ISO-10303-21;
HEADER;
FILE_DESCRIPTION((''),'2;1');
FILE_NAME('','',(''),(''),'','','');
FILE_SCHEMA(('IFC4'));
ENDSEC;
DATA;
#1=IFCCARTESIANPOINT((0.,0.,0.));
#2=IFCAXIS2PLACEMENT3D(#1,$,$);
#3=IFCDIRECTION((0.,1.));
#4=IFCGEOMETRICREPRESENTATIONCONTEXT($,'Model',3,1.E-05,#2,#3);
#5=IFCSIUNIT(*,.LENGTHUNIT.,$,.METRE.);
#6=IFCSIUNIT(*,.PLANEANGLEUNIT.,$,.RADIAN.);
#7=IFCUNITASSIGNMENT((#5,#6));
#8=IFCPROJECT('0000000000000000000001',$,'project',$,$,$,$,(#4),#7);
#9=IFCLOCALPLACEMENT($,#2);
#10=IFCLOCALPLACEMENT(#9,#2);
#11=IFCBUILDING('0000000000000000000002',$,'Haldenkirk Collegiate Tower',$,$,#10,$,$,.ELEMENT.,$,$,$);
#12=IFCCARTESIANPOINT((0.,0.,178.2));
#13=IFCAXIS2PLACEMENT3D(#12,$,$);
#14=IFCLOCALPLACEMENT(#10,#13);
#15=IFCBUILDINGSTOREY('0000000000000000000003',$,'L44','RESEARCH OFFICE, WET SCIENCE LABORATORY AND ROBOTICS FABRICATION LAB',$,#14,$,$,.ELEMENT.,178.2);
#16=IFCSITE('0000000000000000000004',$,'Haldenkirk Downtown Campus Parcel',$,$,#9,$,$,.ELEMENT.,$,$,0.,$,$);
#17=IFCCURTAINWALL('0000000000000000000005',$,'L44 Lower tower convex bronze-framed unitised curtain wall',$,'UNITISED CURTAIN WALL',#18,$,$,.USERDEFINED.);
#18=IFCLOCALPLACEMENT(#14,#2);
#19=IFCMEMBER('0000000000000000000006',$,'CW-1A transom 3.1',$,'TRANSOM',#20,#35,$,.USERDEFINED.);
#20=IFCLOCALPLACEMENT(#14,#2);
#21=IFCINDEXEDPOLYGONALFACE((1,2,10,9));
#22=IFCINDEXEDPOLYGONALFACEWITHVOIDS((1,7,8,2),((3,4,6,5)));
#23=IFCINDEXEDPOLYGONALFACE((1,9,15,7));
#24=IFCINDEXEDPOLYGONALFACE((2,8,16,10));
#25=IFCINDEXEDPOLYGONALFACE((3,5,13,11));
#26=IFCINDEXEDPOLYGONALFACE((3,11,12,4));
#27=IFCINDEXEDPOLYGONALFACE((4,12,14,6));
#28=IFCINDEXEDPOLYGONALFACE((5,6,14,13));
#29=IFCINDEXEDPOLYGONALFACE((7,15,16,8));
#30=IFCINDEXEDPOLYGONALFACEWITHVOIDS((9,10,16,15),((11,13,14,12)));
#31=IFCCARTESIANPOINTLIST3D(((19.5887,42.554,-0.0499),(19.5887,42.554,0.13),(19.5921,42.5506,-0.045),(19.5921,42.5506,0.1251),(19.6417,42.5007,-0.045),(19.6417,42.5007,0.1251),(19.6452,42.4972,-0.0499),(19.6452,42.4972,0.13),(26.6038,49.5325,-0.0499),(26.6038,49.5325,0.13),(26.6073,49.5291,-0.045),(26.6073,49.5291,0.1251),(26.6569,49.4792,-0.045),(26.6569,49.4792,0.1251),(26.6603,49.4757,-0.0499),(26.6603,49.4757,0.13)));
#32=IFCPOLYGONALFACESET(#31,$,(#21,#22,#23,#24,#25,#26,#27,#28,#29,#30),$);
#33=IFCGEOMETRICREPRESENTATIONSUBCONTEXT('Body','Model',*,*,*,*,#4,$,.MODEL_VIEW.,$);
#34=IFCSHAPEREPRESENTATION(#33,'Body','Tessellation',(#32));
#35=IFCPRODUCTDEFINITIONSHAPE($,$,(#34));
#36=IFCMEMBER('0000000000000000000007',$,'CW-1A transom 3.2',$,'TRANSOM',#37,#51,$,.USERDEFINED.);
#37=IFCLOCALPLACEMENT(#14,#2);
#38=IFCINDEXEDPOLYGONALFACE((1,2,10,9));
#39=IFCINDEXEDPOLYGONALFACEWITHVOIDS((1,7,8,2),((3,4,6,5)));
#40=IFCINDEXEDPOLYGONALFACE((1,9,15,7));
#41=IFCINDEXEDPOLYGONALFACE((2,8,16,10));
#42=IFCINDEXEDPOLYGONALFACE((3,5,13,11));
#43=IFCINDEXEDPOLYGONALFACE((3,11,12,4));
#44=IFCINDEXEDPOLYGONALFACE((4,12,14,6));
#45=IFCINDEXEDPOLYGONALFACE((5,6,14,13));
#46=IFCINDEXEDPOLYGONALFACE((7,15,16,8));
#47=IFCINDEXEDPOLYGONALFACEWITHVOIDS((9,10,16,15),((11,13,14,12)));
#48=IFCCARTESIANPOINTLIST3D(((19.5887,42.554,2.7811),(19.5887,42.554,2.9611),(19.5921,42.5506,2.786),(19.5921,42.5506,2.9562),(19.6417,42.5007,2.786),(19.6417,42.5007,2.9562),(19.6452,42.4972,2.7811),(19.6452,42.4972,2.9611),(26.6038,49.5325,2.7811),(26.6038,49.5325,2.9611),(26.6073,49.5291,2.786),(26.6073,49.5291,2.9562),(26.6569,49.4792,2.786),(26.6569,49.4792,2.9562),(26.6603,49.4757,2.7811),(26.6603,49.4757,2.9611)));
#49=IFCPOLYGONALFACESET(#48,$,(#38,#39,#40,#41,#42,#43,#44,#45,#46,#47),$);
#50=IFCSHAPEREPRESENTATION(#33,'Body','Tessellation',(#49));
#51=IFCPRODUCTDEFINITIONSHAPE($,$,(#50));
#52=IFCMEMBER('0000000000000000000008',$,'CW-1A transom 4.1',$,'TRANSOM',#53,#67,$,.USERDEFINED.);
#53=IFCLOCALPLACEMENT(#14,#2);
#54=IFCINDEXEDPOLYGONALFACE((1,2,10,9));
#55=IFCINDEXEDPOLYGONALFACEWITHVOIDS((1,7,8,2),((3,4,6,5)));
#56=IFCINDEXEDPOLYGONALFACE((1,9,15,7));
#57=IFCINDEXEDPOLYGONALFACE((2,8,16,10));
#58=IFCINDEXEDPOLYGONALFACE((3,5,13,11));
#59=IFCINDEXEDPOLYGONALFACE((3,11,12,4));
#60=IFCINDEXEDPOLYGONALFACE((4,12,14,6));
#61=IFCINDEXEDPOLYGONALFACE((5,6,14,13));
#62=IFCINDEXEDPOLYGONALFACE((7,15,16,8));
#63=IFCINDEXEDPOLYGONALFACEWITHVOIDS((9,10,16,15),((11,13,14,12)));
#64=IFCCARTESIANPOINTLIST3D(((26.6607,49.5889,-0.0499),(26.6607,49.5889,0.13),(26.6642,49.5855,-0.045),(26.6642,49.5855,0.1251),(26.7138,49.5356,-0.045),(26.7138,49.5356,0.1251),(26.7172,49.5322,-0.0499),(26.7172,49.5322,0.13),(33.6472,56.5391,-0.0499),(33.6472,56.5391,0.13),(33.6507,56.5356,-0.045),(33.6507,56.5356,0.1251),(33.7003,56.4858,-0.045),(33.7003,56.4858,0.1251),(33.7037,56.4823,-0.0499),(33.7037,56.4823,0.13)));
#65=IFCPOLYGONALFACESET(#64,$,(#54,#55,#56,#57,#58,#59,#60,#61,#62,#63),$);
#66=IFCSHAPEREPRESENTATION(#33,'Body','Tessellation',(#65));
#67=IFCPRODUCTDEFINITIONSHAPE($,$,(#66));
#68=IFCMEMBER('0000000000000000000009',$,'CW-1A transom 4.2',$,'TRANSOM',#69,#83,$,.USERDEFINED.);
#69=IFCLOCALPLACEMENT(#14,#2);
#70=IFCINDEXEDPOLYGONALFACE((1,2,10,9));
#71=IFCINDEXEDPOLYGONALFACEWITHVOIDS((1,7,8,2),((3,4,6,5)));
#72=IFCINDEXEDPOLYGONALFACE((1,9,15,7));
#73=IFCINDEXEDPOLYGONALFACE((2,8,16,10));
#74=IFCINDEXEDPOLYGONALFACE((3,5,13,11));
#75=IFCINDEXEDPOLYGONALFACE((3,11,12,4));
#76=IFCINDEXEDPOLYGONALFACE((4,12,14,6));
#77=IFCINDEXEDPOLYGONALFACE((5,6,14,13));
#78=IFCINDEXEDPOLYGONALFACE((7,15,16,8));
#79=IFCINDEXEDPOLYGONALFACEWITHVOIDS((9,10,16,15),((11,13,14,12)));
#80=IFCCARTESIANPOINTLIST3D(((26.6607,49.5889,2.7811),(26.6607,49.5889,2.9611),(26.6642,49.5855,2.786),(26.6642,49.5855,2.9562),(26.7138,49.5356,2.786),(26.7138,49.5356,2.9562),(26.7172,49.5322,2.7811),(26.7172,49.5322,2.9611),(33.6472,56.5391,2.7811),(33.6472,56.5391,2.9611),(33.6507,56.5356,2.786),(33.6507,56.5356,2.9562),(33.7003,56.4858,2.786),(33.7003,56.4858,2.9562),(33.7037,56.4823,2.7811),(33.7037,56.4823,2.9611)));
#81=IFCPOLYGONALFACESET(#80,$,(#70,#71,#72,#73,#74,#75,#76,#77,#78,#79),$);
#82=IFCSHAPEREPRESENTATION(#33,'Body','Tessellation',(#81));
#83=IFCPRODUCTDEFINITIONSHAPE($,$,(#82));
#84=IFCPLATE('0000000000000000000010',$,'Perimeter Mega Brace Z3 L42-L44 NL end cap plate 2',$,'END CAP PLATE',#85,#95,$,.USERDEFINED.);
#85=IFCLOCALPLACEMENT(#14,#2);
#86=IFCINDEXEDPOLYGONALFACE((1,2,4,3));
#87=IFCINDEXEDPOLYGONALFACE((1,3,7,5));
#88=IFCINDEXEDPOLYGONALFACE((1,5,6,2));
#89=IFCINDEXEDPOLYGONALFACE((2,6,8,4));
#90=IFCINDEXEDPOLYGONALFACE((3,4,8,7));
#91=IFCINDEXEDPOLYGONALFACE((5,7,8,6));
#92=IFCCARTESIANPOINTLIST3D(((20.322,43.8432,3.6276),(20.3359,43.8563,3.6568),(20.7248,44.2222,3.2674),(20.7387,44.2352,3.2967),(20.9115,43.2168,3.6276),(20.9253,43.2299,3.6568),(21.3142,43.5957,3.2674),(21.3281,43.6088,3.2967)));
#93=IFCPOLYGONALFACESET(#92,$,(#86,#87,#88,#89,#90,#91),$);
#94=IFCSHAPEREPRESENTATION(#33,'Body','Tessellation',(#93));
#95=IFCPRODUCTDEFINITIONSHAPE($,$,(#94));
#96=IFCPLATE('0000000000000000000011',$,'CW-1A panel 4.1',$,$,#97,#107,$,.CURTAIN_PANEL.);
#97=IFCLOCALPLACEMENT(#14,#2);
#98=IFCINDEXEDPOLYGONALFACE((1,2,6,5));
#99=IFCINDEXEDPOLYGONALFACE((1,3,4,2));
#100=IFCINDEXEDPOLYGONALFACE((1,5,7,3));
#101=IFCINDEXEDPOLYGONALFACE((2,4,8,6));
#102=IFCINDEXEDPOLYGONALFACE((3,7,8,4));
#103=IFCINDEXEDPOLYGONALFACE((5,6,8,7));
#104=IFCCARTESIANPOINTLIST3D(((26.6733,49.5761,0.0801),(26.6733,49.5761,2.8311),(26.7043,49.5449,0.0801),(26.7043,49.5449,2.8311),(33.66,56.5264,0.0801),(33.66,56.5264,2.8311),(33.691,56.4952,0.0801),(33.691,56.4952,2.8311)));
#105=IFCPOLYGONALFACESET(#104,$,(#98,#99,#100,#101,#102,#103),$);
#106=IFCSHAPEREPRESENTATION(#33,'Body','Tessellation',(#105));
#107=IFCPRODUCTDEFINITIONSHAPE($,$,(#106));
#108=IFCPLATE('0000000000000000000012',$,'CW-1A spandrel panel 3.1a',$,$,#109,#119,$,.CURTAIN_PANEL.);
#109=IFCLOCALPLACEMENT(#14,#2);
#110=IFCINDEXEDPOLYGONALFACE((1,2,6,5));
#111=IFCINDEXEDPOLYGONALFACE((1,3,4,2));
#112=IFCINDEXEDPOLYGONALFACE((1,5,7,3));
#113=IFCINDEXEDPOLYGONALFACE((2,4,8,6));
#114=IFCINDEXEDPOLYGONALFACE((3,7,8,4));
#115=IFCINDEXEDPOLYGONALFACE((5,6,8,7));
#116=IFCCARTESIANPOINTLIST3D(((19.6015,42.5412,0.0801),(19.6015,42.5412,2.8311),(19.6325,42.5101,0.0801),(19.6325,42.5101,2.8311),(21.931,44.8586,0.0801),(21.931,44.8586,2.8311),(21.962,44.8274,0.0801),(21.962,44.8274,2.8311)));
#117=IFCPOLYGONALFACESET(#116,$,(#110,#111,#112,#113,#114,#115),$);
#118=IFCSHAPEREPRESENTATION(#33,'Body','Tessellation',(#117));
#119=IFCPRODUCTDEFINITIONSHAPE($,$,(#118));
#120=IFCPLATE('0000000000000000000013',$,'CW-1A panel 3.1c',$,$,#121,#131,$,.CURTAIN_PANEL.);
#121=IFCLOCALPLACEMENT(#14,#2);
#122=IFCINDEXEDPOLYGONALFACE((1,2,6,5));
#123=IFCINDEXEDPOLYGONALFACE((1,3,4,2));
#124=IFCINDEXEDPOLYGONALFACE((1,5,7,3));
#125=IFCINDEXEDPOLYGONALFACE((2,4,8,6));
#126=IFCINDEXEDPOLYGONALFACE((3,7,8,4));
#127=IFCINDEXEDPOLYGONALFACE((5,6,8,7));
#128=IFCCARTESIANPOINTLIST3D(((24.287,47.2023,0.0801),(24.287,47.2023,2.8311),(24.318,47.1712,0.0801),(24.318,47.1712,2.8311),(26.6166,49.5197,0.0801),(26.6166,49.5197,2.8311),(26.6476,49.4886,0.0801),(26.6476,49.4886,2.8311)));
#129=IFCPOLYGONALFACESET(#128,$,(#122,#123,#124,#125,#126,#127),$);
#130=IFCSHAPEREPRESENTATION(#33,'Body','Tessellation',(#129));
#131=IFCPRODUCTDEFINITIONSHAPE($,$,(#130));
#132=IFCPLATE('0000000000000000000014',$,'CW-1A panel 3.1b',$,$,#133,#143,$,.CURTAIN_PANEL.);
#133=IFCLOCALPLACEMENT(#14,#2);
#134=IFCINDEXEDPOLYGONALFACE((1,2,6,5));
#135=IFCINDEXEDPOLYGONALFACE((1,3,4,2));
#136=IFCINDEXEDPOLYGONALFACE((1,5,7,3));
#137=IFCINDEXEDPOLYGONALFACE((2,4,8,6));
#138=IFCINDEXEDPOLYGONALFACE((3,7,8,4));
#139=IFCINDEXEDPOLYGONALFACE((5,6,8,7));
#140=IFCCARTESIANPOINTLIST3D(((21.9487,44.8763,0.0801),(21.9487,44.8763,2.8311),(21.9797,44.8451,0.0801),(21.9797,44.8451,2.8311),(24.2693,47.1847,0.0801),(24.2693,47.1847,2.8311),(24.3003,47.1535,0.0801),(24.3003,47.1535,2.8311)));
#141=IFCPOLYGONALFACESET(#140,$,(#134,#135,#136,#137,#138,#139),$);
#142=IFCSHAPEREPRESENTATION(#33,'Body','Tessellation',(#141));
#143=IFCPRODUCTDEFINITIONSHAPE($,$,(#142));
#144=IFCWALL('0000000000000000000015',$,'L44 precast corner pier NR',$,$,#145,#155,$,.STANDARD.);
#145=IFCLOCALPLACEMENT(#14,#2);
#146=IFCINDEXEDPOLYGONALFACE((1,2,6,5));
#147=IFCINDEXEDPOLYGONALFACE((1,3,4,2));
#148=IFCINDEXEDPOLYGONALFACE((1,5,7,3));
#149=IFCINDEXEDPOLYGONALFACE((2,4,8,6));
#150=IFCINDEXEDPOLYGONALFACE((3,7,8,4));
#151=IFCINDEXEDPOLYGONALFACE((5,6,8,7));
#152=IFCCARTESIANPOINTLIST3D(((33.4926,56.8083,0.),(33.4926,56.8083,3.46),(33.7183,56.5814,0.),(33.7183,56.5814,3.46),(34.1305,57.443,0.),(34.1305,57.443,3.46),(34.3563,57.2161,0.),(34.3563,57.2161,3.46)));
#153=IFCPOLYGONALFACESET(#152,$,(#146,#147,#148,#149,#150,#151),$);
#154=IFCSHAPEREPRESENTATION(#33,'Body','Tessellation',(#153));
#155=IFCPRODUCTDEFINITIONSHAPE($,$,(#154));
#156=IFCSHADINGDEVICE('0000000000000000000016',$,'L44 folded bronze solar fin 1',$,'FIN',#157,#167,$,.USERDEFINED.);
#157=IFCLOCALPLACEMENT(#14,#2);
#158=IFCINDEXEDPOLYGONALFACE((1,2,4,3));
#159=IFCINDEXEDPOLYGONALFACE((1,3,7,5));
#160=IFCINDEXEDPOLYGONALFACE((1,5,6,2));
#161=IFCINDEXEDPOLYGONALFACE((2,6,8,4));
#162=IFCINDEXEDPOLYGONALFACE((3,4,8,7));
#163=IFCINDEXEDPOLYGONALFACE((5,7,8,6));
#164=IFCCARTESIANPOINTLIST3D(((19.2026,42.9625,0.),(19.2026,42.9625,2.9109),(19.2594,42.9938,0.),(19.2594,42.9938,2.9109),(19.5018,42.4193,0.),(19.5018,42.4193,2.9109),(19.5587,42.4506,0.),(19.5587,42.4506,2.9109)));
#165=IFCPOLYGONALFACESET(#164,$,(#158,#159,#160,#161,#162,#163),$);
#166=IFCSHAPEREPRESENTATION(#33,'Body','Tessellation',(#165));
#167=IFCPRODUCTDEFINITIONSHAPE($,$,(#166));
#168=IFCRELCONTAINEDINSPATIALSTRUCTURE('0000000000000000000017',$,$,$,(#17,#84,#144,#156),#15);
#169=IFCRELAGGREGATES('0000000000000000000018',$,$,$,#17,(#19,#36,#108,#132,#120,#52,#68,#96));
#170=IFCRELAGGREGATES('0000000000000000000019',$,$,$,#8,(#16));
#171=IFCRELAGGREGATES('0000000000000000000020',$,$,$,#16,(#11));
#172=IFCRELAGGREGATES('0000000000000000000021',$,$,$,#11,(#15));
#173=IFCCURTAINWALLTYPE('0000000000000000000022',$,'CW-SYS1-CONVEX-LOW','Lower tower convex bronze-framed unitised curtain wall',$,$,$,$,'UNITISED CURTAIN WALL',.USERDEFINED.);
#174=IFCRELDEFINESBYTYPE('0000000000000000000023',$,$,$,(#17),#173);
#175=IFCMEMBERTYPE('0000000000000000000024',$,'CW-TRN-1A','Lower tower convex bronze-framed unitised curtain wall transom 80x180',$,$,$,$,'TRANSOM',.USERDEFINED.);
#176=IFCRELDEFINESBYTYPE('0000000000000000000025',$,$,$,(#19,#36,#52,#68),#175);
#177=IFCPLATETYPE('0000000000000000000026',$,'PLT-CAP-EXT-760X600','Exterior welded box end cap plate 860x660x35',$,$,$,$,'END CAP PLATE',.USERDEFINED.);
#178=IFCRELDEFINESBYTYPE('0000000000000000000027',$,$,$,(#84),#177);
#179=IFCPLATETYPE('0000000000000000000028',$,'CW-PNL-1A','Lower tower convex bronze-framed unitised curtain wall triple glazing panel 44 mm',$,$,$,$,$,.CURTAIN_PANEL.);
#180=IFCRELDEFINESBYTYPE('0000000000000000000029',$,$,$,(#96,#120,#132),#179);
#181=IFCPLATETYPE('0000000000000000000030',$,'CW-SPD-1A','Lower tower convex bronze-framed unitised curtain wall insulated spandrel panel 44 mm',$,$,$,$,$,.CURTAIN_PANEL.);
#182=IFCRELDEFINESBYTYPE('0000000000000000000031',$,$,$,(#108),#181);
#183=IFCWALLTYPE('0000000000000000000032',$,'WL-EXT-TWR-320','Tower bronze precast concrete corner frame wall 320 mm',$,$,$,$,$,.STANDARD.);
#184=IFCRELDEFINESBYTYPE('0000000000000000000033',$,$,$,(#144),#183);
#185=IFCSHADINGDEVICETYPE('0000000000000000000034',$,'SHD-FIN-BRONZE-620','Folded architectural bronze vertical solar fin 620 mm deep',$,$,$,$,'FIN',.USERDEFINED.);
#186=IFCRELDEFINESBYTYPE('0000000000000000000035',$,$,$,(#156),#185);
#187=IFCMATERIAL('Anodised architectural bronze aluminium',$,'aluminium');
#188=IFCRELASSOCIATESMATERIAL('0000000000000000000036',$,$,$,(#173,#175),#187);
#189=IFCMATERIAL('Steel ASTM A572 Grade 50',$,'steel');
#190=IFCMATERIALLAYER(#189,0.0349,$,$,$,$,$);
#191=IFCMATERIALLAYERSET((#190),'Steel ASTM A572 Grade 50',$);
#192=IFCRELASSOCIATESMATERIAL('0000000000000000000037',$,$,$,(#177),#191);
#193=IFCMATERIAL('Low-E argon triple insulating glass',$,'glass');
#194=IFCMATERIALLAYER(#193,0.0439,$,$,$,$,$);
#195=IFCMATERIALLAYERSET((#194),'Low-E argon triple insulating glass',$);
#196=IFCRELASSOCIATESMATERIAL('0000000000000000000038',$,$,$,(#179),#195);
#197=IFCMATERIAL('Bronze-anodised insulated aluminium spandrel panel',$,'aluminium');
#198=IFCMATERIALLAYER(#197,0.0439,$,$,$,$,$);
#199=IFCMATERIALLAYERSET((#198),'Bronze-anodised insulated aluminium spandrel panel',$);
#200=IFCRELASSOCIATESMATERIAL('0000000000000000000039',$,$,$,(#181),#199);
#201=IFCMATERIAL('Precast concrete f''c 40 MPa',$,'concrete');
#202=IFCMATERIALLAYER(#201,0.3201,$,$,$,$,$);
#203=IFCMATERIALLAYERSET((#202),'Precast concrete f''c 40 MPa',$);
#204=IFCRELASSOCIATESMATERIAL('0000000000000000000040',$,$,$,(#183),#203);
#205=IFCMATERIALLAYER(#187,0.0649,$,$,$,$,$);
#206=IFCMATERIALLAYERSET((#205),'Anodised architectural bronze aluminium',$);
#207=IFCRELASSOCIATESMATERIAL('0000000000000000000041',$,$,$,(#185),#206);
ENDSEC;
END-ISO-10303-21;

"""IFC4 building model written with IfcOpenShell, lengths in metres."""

from ifc_helpers import new_model, si_unit, direction, frame, frame_2d, origin, origin_2d, place, context, subcontext, project, spatial, rectangle, hollow_rectangle, extrude, source, transform, mapped, material, layer, layer_set, material_profile, profile_set, type_object, element, aggregate, save


model = new_model("IFC4")

# Units and contexts
model_context = context("Model", 3, precision=1e-05, world=origin(), true_north=direction((0.0, 1.0)))
body_context = subcontext(model_context, "Body", "Model", "MODEL_VIEW")
ifc_project = project(units=[si_unit("LENGTHUNIT", "METRE"), si_unit("PLANEANGLEUNIT", "RADIAN")], contexts=[model_context])

# Site, building, storey
site_placement = place(None, origin())
site = spatial("IfcSite", under=ifc_project, at=site_placement, Name="Haldenkirk Downtown Campus Parcel", CompositionType="ELEMENT", RefElevation=0.0)
building_placement = place(site_placement, origin())
building = spatial("IfcBuilding", under=site, at=building_placement, Name="Haldenkirk Collegiate Tower", CompositionType="ELEMENT")
storey_placement = place(building_placement, frame((0.0, 0.0, 178.2)))
storey = spatial("IfcBuildingStorey", under=building, at=storey_placement, Name="L44", Description="RESEARCH OFFICE, WET SCIENCE LABORATORY AND ROBOTICS FABRICATION LAB", CompositionType="ELEMENT", Elevation=178.2)

# Curtain wall, members
ifc_material_1 = material(Name="Anodised architectural bronze aluminium", Category="aluminium")
curtain_wall_type = type_object("IfcCurtainWallType", Name="CW-SYS1-CONVEX-LOW", Description="Lower tower convex bronze-framed unitised curtain wall", ElementType="UNITISED CURTAIN WALL", PredefinedType="USERDEFINED", material=ifc_material_1)
curtain_wall_placement = place(storey_placement, origin())
curtain_wall = element("IfcCurtainWall", 1, at=curtain_wall_placement, inside=storey, type_object=curtain_wall_type, Name="L44 Lower tower convex bronze-framed unitised curtain wall", ObjectType="UNITISED CURTAIN WALL", PredefinedType="USERDEFINED")
ifc_material_profile_1 = material_profile(ifc_material_1, hollow_rectangle(XDim=0.0801, YDim=0.1799, WallThickness=0.0049, at=origin_2d()), Name="CW-TRN-1A")
ifc_profile_set_1 = profile_set([ifc_material_profile_1], Name="Anodised architectural bronze aluminium")
member_type_1 = type_object("IfcMemberType", Name="CW-TRN-1A", Description="Lower tower convex bronze-framed unitised curtain wall transom 80x180", ElementType="TRANSOM", PredefinedType="USERDEFINED", material=ifc_profile_set_1)
member_1_placement = place(storey_placement, frame((19.6169, 42.5256, 0.04), z_axis=(0.708955, 0.705254, 0.0), x_axis=(-0.705254, 0.708955, 0.0)))
member_1 = element("IfcMember", 2, at=member_1_placement, type_object=member_type_1, Name="CW-1A transom 3.1", ObjectType="TRANSOM", PredefinedType="USERDEFINED", context=body_context, shape_type="SweptSolid", body=[
    extrude(hollow_rectangle(XDim=0.0801, YDim=0.1799, WallThickness=0.0049, at=origin_2d()), origin(), (0.0, 0.0, 1.0), 9.895),
])
member_2_placement = place(storey_placement, frame((19.6169, 42.5256, 2.8711), z_axis=(0.708955, 0.705254, 0.0), x_axis=(-0.705254, 0.708955, 0.0)))
member_2 = element("IfcMember", 3, at=member_2_placement, type_object=member_type_1, Name="CW-1A transom 3.2", ObjectType="TRANSOM", PredefinedType="USERDEFINED", context=body_context, shape_type="SweptSolid", body=[
    extrude(hollow_rectangle(XDim=0.0801, YDim=0.1799, WallThickness=0.0049, at=origin_2d()), origin(), (0.0, 0.0, 1.0), 9.895),
])
member_3_placement = place(storey_placement, frame((26.689, 49.5605, 0.04), z_axis=(0.70895, 0.705259, 0.0), x_axis=(-0.705259, 0.70895, 0.0)))
member_3 = element("IfcMember", 4, at=member_3_placement, type_object=member_type_1, Name="CW-1A transom 4.1", ObjectType="TRANSOM", PredefinedType="USERDEFINED", context=body_context, shape_type="SweptSolid", body=[
    extrude(hollow_rectangle(XDim=0.0801, YDim=0.1799, WallThickness=0.0049, at=origin_2d()), origin(), (0.0, 0.0, 1.0), 9.8547),
])
member_4_placement = place(storey_placement, frame((26.689, 49.5605, 2.8711), z_axis=(0.70895, 0.705259, 0.0), x_axis=(-0.705259, 0.70895, 0.0)))
member_4 = element("IfcMember", 5, at=member_4_placement, type_object=member_type_1, Name="CW-1A transom 4.2", ObjectType="TRANSOM", PredefinedType="USERDEFINED", context=body_context, shape_type="SweptSolid", body=[
    extrude(hollow_rectangle(XDim=0.0801, YDim=0.1799, WallThickness=0.0049, at=origin_2d()), origin(), (0.0, 0.0, 1.0), 9.8547),
])

# Plates
ifc_material_2 = material(Name="Steel ASTM A572 Grade 50", Category="steel")
ifc_layer_1 = layer(ifc_material_2, 0.0349)
ifc_layer_set_1 = layer_set([ifc_layer_1], Name="Steel ASTM A572 Grade 50")
plate_type_1 = type_object("IfcPlateType", Name="PLT-CAP-EXT-760X600", Description="Exterior welded box end cap plate 860x660x35", ElementType="END CAP PLATE", PredefinedType="USERDEFINED", material=ifc_layer_set_1)
shared_shape_1 = source(origin(), body_context, "Body", "SweptSolid", [
    extrude(rectangle(XDim=0.8601, YDim=0.6599, at=origin_2d()), origin(), (0.0, 0.0, 1.0), 0.0349),
])
plate_1_placement = place(storey_placement, frame((20.8181, 43.7195, 3.4475), z_axis=(0.397458, 0.37398, 0.837953), x_axis=(-0.68527, 0.728289, 0.0)))
element("IfcPlate", 6, at=plate_1_placement, inside=storey, type_object=plate_type_1, Name="Perimeter Mega Brace Z3 L42-L44 NL end cap plate 2", ObjectType="END CAP PLATE", PredefinedType="USERDEFINED", context=body_context, shape_type="MappedRepresentation", body=[
    mapped(shared_shape_1, transform((0.0, 0.0, 0.0), x_axis=(1.0, 0.0, 0.0), y_axis=(0.0, 1.0, 0.0), z_axis=(0.0, 0.0, 1.0), scale=1.0)),
])
ifc_material_3 = material(Name="Low-E argon triple insulating glass", Category="glass")
ifc_layer_2 = layer(ifc_material_3, 0.0439)
ifc_layer_set_2 = layer_set([ifc_layer_2], Name="Low-E argon triple insulating glass")
plate_type_2 = type_object("IfcPlateType", Name="CW-PNL-1A", Description="Lower tower convex bronze-framed unitised curtain wall triple glazing panel 44 mm", PredefinedType="CURTAIN_PANEL", material=ifc_layer_set_2)
shared_shape_2 = source(origin(), body_context, "Body", "SweptSolid", [
    extrude(rectangle(XDim=9.855, YDim=0.0439, at=origin_2d()), origin(), (0.0, 0.0, 1.0), 2.751),
])
plate_2_placement = place(storey_placement, frame((30.1821, 53.0356, 0.0801), z_axis=(0.0, 0.0, 1.0), x_axis=(0.708954, 0.705255, 0.0)))
plate_2 = element("IfcPlate", 7, at=plate_2_placement, type_object=plate_type_2, Name="CW-1A panel 4.1", PredefinedType="CURTAIN_PANEL", context=body_context, shape_type="MappedRepresentation", body=[
    mapped(shared_shape_2, transform((0.0, 0.0, 0.0), x_axis=(1.0, 0.0, 0.0), y_axis=(0.0, 1.0, 0.0), z_axis=(0.0, 0.0, 1.0), scale=1.0)),
])
ifc_material_4 = material(Name="Bronze-anodised insulated aluminium spandrel panel", Category="aluminium")
ifc_layer_3 = layer(ifc_material_4, 0.0439)
ifc_layer_set_3 = layer_set([ifc_layer_3], Name="Bronze-anodised insulated aluminium spandrel panel")
plate_type_3 = type_object("IfcPlateType", Name="CW-SPD-1A", Description="Lower tower convex bronze-framed unitised curtain wall insulated spandrel panel 44 mm", PredefinedType="CURTAIN_PANEL", material=ifc_layer_set_3)
shared_shape_3 = source(origin(), body_context, "Body", "SweptSolid", [
    extrude(rectangle(XDim=3.2859, YDim=0.0439, at=origin_2d()), origin(), (0.0, 0.0, 1.0), 2.751),
])
plate_3_placement = place(storey_placement, frame((20.7817, 43.6843, 0.0801), z_axis=(0.0, 0.0, 1.0), x_axis=(0.708954, 0.705255, 0.0)))
plate_3 = element("IfcPlate", 8, at=plate_3_placement, type_object=plate_type_3, Name="CW-1A spandrel panel 3.1a", PredefinedType="CURTAIN_PANEL", context=body_context, shape_type="MappedRepresentation", body=[
    mapped(shared_shape_3, transform((0.0, 0.0, 0.0), x_axis=(1.0, 0.0, 0.0), y_axis=(0.0, 1.0, 0.0), z_axis=(0.0, 0.0, 1.0), scale=1.0)),
])
plate_4_placement = place(storey_placement, frame((25.4673, 48.3455, 0.0801), z_axis=(0.0, 0.0, 1.0), x_axis=(0.708954, 0.705255, 0.0)))
plate_4 = element("IfcPlate", 9, at=plate_4_placement, type_object=plate_type_2, Name="CW-1A panel 3.1c", PredefinedType="CURTAIN_PANEL", context=body_context, shape_type="MappedRepresentation", body=[
    mapped(shared_shape_3, transform((0.0, 0.0, 0.0), x_axis=(1.0, 0.0, 0.0), y_axis=(0.0, 1.0, 0.0), z_axis=(0.0, 0.0, 1.0), scale=1.0)),
])
shared_shape_4 = source(origin(), body_context, "Body", "SweptSolid", [
    extrude(rectangle(XDim=3.2732, YDim=0.0439, at=origin_2d()), origin(), (0.0, 0.0, 1.0), 2.751),
])
plate_5_placement = place(storey_placement, frame((23.1245, 46.0149, 0.0801), z_axis=(0.0, 0.0, 1.0), x_axis=(0.708954, 0.705255, 0.0)))
plate_5 = element("IfcPlate", 10, at=plate_5_placement, type_object=plate_type_2, Name="CW-1A panel 3.1b", PredefinedType="CURTAIN_PANEL", context=body_context, shape_type="MappedRepresentation", body=[
    mapped(shared_shape_4, transform((0.0, 0.0, 0.0), x_axis=(1.0, 0.0, 0.0), y_axis=(0.0, 1.0, 0.0), z_axis=(0.0, 0.0, 1.0), scale=1.0)),
])
aggregate(curtain_wall, [member_1, member_2, plate_3, plate_5, plate_4, member_3, member_4, plate_2])

# Wall
ifc_material_5 = material(Name="Precast concrete f'c 40 MPa", Category="concrete")
ifc_layer_4 = layer(ifc_material_5, 0.3201)
ifc_layer_set_4 = layer_set([ifc_layer_4], Name="Precast concrete f'c 40 MPa")
wall_type = type_object("IfcWallType", Name="WL-EXT-TWR-320", Description="Tower bronze precast concrete corner frame wall 320 mm", PredefinedType="STANDARD", material=ifc_layer_set_4)
wall_placement = place(storey_placement, frame((33.6055, 56.6948, 0.0), z_axis=(0.0, 0.0, 1.0), x_axis=(0.708868, 0.705341, 0.0)))
element("IfcWall", 11, at=wall_placement, inside=storey, type_object=wall_type, Name="L44 precast corner pier NR", PredefinedType="STANDARD", context=body_context, shape_type="SweptSolid", body=[
    extrude(rectangle(XDim=0.8999, YDim=0.3201, at=frame_2d((0.45, 0.0))), origin(), (0.0, 0.0, 1.0), 3.46),
])

# Shading device
ifc_layer_5 = layer(ifc_material_1, 0.0649)
ifc_layer_set_5 = layer_set([ifc_layer_5], Name="Anodised architectural bronze aluminium")
shading_device_type = type_object("IfcShadingDeviceType", Name="SHD-FIN-BRONZE-620", Description="Folded architectural bronze vertical solar fin 620 mm deep", ElementType="FIN", PredefinedType="USERDEFINED", material=ifc_layer_set_5)
shared_shape_5 = source(origin(), body_context, "Body", "SweptSolid", [
    extrude(rectangle(XDim=0.6201, YDim=0.0649, at=origin_2d()), origin(), (0.0, 0.0, 1.0), 2.9109),
])
shading_device_placement = place(storey_placement, frame((19.3806, 42.7065, 0.0), z_axis=(0.0, 0.0, 1.0), x_axis=(-0.482518, 0.875886, 0.0)))
element("IfcShadingDevice", 12, at=shading_device_placement, inside=storey, type_object=shading_device_type, Name="L44 folded bronze solar fin 1", ObjectType="FIN", PredefinedType="USERDEFINED", context=body_context, shape_type="MappedRepresentation", body=[
    mapped(shared_shape_5, transform((0.0, 0.0, 0.0), x_axis=(1.0, 0.0, 0.0), y_axis=(0.0, 1.0, 0.0), z_axis=(0.0, 0.0, 1.0), scale=1.0)),
])

save(model, "model.ifc")
